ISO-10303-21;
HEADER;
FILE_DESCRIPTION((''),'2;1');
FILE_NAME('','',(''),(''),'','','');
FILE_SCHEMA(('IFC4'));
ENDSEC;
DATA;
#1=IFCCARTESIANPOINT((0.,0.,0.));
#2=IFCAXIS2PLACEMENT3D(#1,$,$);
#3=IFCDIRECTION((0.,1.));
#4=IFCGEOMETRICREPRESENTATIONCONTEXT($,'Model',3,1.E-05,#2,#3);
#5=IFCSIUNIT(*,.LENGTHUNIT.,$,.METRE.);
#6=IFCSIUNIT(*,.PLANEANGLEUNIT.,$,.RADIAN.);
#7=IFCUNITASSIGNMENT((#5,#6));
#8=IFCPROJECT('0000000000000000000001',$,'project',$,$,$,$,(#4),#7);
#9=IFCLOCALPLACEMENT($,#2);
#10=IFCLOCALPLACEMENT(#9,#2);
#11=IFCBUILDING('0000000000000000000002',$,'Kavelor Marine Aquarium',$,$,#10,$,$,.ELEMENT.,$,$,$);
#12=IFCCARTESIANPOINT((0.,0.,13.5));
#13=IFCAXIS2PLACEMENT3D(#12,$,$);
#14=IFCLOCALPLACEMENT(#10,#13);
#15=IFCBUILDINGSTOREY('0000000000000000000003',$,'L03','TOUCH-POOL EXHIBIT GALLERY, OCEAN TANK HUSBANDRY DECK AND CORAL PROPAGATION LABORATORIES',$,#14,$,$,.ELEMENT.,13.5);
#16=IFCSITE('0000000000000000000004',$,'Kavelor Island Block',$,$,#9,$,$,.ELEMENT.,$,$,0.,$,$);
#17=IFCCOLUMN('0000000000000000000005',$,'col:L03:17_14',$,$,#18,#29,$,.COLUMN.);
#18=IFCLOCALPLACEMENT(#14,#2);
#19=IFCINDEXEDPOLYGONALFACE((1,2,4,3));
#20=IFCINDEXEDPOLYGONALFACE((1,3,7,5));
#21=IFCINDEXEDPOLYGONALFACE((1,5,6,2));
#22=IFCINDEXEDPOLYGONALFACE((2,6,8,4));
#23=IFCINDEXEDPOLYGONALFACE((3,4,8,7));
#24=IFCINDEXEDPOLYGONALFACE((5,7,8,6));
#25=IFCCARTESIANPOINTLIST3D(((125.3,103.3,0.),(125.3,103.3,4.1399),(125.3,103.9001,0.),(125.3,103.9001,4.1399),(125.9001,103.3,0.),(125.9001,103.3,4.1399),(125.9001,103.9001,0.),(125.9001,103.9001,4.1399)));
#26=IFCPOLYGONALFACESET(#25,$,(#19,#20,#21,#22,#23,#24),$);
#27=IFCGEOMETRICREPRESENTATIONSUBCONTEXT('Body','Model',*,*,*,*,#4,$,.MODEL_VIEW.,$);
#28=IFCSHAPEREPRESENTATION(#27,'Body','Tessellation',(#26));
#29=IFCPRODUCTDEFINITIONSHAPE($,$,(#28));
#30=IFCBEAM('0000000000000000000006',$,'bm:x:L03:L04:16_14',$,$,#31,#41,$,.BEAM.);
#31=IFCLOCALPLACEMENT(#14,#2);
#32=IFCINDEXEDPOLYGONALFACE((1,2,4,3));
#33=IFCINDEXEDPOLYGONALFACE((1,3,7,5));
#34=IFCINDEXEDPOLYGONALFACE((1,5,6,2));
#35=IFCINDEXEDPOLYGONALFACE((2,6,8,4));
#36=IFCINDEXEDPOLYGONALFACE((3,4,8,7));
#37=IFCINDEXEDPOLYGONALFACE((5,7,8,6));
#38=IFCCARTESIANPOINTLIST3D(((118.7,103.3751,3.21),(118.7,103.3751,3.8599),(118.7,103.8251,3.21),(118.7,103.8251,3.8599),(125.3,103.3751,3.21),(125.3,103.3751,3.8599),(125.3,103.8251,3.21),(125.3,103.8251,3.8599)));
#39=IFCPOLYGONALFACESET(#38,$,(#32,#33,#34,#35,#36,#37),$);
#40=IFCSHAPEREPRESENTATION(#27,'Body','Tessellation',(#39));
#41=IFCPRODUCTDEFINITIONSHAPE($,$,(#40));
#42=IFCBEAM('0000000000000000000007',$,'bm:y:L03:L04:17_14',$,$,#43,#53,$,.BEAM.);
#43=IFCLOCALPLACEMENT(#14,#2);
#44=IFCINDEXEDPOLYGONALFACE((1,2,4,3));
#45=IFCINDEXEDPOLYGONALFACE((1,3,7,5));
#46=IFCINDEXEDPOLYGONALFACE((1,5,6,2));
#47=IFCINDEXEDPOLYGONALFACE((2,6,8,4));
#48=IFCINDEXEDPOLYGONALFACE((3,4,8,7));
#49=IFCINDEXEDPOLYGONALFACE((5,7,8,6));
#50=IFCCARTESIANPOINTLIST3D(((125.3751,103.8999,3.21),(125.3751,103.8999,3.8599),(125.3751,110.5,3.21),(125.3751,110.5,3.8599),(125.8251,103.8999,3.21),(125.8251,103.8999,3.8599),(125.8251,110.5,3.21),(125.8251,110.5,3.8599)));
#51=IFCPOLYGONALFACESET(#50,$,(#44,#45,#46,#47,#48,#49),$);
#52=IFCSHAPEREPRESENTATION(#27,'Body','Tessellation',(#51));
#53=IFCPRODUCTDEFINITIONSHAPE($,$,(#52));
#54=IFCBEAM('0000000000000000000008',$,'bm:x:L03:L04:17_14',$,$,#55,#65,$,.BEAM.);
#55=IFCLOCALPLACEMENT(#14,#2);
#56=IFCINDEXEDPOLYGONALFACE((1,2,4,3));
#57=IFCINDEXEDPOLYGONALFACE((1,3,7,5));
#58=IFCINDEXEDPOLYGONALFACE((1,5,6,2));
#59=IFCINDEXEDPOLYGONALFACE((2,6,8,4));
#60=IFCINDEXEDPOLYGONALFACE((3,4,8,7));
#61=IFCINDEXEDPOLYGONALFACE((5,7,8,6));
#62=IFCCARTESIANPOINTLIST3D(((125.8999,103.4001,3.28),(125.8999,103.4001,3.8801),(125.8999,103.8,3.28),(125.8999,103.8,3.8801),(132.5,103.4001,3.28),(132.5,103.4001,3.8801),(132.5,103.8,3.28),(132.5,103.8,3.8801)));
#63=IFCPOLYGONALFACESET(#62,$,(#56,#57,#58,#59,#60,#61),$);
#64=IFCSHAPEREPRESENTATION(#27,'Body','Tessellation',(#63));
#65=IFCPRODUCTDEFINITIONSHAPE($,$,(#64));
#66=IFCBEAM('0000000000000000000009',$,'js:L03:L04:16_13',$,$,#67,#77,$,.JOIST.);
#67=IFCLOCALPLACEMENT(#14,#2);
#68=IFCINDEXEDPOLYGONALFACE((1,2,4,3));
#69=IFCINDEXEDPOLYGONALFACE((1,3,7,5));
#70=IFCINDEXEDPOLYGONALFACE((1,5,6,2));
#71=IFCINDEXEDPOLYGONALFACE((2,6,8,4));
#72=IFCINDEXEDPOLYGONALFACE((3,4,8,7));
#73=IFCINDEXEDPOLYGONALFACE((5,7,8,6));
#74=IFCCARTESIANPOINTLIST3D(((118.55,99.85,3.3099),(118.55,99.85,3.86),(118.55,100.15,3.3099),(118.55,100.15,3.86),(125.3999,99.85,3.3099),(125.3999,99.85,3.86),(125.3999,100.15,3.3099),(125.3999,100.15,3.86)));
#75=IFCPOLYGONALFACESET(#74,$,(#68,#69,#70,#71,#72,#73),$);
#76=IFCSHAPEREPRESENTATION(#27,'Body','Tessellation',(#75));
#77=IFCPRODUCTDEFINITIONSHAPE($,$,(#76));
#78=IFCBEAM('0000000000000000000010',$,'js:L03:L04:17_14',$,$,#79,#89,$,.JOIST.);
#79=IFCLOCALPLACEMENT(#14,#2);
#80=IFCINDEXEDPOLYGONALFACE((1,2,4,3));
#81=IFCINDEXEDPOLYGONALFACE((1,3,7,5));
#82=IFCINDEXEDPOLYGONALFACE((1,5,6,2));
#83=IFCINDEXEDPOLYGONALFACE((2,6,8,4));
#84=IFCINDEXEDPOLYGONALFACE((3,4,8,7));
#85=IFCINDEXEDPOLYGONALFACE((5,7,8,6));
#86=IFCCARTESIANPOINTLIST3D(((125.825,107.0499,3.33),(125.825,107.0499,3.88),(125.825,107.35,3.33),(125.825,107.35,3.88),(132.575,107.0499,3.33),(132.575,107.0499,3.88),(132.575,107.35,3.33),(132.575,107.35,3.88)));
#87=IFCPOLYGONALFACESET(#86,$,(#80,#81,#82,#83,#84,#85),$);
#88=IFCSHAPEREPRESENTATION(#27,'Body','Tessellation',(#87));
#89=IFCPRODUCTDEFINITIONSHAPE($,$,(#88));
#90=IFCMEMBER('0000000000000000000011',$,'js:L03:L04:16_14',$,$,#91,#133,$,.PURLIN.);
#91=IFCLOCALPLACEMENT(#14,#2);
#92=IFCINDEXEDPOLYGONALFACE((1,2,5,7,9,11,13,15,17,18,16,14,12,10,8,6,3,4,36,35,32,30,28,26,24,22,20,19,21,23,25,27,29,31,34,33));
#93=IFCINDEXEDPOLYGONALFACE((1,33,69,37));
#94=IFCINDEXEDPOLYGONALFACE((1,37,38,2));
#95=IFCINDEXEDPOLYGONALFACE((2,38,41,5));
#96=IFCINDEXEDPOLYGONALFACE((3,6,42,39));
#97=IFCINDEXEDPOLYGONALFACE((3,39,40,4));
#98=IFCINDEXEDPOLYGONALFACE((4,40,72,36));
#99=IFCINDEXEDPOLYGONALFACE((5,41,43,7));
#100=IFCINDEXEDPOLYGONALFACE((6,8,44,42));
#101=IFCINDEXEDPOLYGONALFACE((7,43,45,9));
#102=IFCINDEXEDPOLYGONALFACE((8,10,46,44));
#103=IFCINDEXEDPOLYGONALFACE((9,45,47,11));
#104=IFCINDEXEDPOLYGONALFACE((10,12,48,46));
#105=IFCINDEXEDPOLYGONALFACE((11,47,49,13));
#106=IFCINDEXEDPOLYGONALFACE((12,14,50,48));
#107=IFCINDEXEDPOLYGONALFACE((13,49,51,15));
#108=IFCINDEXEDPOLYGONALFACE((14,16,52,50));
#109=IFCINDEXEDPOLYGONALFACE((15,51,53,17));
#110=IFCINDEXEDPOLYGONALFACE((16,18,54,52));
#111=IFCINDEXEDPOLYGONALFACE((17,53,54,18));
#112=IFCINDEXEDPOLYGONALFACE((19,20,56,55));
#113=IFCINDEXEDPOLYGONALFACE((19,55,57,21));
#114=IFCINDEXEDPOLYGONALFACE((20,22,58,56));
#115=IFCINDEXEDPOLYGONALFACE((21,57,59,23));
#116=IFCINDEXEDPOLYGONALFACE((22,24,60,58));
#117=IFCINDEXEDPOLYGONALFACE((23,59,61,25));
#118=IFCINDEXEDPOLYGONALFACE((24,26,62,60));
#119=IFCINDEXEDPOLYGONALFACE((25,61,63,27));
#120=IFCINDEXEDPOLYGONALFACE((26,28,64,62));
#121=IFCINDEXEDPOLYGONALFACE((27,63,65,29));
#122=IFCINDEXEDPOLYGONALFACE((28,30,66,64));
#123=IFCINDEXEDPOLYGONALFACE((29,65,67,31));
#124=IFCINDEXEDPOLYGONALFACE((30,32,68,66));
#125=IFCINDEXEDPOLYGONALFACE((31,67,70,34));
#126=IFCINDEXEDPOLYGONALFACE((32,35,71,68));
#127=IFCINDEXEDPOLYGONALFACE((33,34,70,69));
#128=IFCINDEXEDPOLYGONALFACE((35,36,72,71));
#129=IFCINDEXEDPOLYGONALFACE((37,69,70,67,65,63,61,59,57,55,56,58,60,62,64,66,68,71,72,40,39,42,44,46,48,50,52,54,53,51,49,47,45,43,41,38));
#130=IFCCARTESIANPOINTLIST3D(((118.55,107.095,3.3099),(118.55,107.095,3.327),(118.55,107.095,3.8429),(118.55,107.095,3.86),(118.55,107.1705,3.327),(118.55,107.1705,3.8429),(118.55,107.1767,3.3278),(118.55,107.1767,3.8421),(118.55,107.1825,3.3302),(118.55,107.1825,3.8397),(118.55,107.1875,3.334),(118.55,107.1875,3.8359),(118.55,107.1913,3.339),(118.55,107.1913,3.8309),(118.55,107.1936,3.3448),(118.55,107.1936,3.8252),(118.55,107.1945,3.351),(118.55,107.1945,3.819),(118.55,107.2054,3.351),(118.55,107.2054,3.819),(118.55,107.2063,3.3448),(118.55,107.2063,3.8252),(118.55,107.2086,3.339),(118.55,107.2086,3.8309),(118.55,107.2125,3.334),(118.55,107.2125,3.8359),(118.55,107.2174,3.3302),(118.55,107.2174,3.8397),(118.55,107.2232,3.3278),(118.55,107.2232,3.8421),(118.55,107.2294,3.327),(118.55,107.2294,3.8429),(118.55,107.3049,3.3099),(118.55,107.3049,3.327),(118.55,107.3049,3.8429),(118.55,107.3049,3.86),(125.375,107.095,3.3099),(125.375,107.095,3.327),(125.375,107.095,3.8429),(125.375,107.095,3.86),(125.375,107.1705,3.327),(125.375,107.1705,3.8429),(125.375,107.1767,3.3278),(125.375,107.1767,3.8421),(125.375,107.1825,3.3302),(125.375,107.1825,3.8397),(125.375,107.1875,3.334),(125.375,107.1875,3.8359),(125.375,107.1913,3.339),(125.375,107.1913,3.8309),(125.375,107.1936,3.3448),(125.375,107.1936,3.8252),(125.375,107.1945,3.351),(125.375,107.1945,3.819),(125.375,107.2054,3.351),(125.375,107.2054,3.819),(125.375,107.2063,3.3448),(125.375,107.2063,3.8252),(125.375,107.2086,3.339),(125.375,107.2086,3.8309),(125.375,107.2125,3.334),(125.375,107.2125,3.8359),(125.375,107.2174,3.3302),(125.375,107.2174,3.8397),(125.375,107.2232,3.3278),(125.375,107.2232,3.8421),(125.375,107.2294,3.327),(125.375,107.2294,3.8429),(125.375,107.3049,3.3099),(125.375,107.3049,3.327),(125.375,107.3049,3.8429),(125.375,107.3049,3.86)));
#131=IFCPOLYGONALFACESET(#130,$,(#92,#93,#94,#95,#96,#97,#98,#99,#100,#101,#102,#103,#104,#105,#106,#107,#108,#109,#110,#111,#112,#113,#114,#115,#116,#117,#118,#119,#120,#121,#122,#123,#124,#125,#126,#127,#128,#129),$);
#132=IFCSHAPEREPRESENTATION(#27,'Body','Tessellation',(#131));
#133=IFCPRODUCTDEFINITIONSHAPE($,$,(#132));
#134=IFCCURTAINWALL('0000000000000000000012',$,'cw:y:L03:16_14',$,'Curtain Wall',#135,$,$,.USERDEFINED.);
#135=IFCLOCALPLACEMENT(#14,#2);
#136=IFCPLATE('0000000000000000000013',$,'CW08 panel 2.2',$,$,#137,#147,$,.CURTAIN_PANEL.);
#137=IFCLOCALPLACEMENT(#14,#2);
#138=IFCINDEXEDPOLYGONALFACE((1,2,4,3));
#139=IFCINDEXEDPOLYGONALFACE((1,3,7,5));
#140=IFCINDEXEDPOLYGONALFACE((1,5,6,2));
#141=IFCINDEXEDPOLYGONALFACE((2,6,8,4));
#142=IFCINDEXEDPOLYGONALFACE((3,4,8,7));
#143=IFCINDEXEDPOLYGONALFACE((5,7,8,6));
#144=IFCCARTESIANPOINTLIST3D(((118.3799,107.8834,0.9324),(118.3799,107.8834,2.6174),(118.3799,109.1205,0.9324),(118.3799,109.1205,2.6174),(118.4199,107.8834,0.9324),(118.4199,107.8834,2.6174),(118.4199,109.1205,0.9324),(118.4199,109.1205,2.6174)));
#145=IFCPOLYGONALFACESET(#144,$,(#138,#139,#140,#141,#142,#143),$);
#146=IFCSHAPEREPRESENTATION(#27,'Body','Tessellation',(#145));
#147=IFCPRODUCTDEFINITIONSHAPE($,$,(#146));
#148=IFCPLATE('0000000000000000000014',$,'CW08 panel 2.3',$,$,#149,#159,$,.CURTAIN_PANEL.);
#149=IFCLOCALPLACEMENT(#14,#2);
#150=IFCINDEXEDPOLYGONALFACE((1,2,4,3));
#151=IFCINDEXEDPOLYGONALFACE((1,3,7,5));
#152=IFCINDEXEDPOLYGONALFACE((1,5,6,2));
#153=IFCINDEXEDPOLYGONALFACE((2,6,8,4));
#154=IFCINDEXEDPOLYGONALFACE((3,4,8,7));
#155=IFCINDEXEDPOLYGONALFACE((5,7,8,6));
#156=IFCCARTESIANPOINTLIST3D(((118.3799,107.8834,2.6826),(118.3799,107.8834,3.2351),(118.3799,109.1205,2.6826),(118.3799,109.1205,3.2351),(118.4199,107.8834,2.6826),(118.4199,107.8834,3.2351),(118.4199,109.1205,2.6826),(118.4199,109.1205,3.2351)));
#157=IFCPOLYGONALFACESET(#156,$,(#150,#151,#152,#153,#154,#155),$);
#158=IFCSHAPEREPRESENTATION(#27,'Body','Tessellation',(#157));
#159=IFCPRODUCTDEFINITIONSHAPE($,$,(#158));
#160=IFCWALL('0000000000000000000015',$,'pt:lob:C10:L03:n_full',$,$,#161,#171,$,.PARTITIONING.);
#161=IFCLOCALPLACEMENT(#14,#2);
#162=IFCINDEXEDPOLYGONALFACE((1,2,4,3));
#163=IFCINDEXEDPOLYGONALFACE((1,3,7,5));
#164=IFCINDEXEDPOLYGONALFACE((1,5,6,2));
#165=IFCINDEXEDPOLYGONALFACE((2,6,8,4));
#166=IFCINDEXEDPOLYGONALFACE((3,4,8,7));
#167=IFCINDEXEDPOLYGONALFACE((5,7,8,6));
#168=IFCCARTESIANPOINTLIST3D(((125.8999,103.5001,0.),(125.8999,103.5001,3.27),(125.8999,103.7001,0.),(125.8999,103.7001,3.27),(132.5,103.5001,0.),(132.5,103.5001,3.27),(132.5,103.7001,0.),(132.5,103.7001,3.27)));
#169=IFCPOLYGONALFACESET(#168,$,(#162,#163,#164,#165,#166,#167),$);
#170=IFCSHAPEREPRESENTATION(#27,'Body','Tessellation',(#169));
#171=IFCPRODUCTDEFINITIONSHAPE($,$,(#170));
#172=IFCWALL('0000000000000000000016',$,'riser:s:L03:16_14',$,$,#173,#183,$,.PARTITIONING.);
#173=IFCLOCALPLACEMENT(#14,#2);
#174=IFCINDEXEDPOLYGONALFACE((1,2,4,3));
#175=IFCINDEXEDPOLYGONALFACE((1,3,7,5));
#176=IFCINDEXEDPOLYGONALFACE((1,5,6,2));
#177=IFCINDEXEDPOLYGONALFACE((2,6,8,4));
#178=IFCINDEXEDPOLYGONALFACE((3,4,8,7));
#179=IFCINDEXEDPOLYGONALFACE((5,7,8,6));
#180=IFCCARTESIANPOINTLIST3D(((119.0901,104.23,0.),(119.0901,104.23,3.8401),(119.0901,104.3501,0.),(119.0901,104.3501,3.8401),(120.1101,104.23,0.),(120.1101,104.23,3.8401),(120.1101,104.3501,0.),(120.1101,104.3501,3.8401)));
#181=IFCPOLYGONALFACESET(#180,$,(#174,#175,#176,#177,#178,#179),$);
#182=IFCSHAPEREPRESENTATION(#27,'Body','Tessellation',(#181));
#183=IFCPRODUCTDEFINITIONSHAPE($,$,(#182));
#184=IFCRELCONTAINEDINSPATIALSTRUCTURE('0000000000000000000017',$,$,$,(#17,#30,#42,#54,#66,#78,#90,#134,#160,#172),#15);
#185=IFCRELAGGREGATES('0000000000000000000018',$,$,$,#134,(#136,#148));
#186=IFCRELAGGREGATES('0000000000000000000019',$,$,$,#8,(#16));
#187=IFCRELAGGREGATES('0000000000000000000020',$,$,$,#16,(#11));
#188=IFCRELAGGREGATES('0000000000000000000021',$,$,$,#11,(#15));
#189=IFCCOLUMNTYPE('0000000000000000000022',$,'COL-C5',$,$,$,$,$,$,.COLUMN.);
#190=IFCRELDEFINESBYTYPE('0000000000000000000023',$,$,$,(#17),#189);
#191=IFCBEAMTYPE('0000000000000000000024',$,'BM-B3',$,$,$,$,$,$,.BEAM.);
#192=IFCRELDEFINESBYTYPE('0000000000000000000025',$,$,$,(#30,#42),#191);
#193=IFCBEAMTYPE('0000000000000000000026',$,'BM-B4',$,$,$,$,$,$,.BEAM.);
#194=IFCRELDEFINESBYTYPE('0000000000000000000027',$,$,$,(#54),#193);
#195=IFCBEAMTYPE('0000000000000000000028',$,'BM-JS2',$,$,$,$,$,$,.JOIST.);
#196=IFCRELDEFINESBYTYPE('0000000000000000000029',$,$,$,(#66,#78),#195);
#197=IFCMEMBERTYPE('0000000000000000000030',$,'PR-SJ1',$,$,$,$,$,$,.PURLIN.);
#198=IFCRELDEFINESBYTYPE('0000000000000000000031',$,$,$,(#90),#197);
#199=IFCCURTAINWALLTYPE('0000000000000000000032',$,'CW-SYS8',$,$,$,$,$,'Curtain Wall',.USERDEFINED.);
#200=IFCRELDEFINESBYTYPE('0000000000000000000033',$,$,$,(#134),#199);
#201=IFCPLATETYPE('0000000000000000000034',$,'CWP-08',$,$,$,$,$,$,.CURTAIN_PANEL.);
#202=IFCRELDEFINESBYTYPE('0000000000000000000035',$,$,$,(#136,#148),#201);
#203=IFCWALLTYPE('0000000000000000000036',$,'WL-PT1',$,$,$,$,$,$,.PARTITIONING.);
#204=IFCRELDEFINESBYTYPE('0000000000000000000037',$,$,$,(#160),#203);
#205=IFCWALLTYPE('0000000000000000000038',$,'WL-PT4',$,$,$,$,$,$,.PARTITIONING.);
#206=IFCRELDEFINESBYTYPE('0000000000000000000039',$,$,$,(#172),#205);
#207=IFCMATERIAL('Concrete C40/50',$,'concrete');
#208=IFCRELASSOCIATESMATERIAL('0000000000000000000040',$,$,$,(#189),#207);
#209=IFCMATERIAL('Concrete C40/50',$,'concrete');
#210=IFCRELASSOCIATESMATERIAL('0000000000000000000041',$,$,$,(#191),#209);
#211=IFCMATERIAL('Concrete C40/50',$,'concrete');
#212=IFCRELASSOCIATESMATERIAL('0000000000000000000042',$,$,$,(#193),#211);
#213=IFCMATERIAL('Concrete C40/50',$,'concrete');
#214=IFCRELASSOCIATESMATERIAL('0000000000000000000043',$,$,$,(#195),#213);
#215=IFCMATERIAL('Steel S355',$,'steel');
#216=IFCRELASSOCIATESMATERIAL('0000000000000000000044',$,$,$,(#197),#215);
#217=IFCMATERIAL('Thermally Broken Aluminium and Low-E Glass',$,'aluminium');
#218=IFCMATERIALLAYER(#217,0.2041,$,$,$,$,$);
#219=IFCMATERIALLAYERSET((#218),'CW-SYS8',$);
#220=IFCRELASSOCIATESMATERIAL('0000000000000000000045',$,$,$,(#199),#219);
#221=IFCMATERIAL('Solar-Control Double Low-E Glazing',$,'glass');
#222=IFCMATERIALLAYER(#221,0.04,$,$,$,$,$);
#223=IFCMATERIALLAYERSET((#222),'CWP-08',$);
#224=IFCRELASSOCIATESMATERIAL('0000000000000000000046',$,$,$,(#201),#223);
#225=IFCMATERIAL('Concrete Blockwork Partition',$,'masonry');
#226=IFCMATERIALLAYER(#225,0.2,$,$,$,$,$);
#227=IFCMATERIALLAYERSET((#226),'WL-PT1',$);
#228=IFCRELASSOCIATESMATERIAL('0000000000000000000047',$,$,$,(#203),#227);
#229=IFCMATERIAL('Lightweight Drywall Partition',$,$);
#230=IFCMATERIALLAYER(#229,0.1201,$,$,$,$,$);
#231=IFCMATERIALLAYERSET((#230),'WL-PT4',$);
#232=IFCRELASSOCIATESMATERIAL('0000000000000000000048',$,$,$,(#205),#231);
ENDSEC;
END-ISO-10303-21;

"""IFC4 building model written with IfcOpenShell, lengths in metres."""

from ifc_helpers import new_model, si_unit, direction, frame, frame_2d, origin, origin_2d, place, context, subcontext, project, spatial, rectangle, i_section, extrude, material, layer, layer_set, material_profile, profile_set, type_object, element, aggregate, save


model = new_model("IFC4")

# Units and contexts
model_context = context("Model", 3, precision=1e-05, world=origin(), true_north=direction((0.0, 1.0)))
body_context = subcontext(model_context, "Body", "Model", "MODEL_VIEW")
ifc_project = project(units=[si_unit("LENGTHUNIT", "METRE"), si_unit("PLANEANGLEUNIT", "RADIAN")], contexts=[model_context])

# Site, building, storey
site_placement = place(None, origin())
site = spatial("IfcSite", under=ifc_project, at=site_placement, Name="Kavelor Island Block", CompositionType="ELEMENT", RefElevation=0.0)
building_placement = place(site_placement, origin())
building = spatial("IfcBuilding", under=site, at=building_placement, Name="Kavelor Marine Aquarium", CompositionType="ELEMENT")
storey_placement = place(building_placement, frame((0.0, 0.0, 13.5)))
storey = spatial("IfcBuildingStorey", under=building, at=storey_placement, Name="L03", Description="TOUCH-POOL EXHIBIT GALLERY, OCEAN TANK HUSBANDRY DECK AND CORAL PROPAGATION LABORATORIES", CompositionType="ELEMENT", Elevation=13.5)

# Column
ifc_material_1 = material(Name="Concrete C40/50", Category="concrete")
ifc_material_profile_1 = material_profile(ifc_material_1, rectangle(XDim=0.6001, YDim=0.6001, at=origin_2d()), Name="RC-COL 600x600")
ifc_profile_set_1 = profile_set([ifc_material_profile_1], Name="Concrete C40/50")
column_type = type_object("IfcColumnType", Name="COL-C5", PredefinedType="COLUMN", material=ifc_profile_set_1)
column_placement = place(storey_placement, frame((125.6001, 103.6001, 0.0), z_axis=(0.0, 0.0, 1.0), x_axis=(1.0, 0.0, 0.0)))
element("IfcColumn", 1, at=column_placement, inside=storey, type_object=column_type, Name="col:L03:17_14", PredefinedType="COLUMN", context=body_context, shape_type="SweptSolid", body=[
    extrude(rectangle(XDim=0.6001, YDim=0.6001, at=origin_2d()), origin(), (0.0, 0.0, 1.0), 4.1399),
])

# Beams
ifc_material_2 = material(Name="Concrete C40/50", Category="concrete")
ifc_material_profile_2 = material_profile(ifc_material_2, rectangle(XDim=0.45, YDim=0.6499, at=origin_2d()), Name="RC-BM 450x650")
ifc_profile_set_2 = profile_set([ifc_material_profile_2], Name="Concrete C40/50")
beam_type_1 = type_object("IfcBeamType", Name="BM-B3", PredefinedType="BEAM", material=ifc_profile_set_2)
for number, where, z_axis, x_axis, name in (
    (2, (118.7, 103.6001, 3.5349), (1.0, 0.0, 0.0), (0.0, 1.0, 0.0), "bm:x:L03:L04:16_14"),
    (3, (125.6001, 103.8999, 3.5349), (0.0, 1.0, 0.0), (-1.0, 0.0, 0.0), "bm:y:L03:L04:17_14"),
):
    element("IfcBeam", number, at=place(storey_placement, frame(where, z_axis=z_axis, x_axis=x_axis)), inside=storey, type_object=beam_type_1, Name=name, PredefinedType="BEAM", context=body_context, shape_type="SweptSolid", body=[
        extrude(rectangle(XDim=0.45, YDim=0.6499, at=origin_2d()), origin(), (0.0, 0.0, 1.0), 6.6001),
    ])
ifc_material_3 = material(Name="Concrete C40/50", Category="concrete")
ifc_material_profile_3 = material_profile(ifc_material_3, rectangle(XDim=0.3999, YDim=0.6001, at=origin_2d()), Name="RC-BM 400x600")
ifc_profile_set_3 = profile_set([ifc_material_profile_3], Name="Concrete C40/50")
beam_type_2 = type_object("IfcBeamType", Name="BM-B4", PredefinedType="BEAM", material=ifc_profile_set_3)
beam_1_placement = place(storey_placement, frame((125.8999, 103.6001, 3.5801), z_axis=(1.0, 0.0, 0.0), x_axis=(0.0, 1.0, 0.0)))
element("IfcBeam", 4, at=beam_1_placement, inside=storey, type_object=beam_type_2, Name="bm:x:L03:L04:17_14", PredefinedType="BEAM", context=body_context, shape_type="SweptSolid", body=[
    extrude(rectangle(XDim=0.3999, YDim=0.6001, at=origin_2d()), origin(), (0.0, 0.0, 1.0), 6.6001),
])
ifc_material_4 = material(Name="Concrete C40/50", Category="concrete")
ifc_material_profile_4 = material_profile(ifc_material_4, rectangle(XDim=0.3, YDim=0.55, at=origin_2d()), Name="RC-JS 300x550")
ifc_profile_set_4 = profile_set([ifc_material_profile_4], Name="Concrete C40/50")
beam_type_3 = type_object("IfcBeamType", Name="BM-JS2", PredefinedType="JOIST", material=ifc_profile_set_4)
beam_2_placement = place(storey_placement, frame((118.55, 100.0, 3.585), z_axis=(1.0, 0.0, 0.0), x_axis=(0.0, 1.0, 0.0)))
element("IfcBeam", 5, at=beam_2_placement, inside=storey, type_object=beam_type_3, Name="js:L03:L04:16_13", PredefinedType="JOIST", context=body_context, shape_type="SweptSolid", body=[
    extrude(rectangle(XDim=0.3, YDim=0.55, at=origin_2d()), origin(), (0.0, 0.0, 1.0), 6.8499),
])
beam_3_placement = place(storey_placement, frame((125.825, 107.2, 3.605), z_axis=(1.0, 0.0, 0.0), x_axis=(0.0, 1.0, 0.0)))
element("IfcBeam", 6, at=beam_3_placement, inside=storey, type_object=beam_type_3, Name="js:L03:L04:17_14", PredefinedType="JOIST", context=body_context, shape_type="SweptSolid", body=[
    extrude(rectangle(XDim=0.3, YDim=0.55, at=origin_2d()), origin(), (0.0, 0.0, 1.0), 6.75),
])

# Member
ifc_material_5 = material(Name="Steel S355", Category="steel")
ifc_material_profile_5 = material_profile(ifc_material_5, i_section(OverallWidth=0.21, OverallDepth=0.55, WebThickness=0.011, FlangeThickness=0.0171, FilletRadius=0.0239, at=origin_2d()), Name="IPE 550")
ifc_profile_set_5 = profile_set([ifc_material_profile_5], Name="Steel S355")
member_type = type_object("IfcMemberType", Name="PR-SJ1", PredefinedType="PURLIN", material=ifc_profile_set_5)
member_placement = place(storey_placement, frame((118.55, 107.2, 3.585), z_axis=(1.0, 0.0, 0.0), x_axis=(0.0, 1.0, 0.0)))
element("IfcMember", 7, at=member_placement, inside=storey, type_object=member_type, Name="js:L03:L04:16_14", PredefinedType="PURLIN", context=body_context, shape_type="SweptSolid", body=[
    extrude(i_section(OverallWidth=0.21, OverallDepth=0.55, WebThickness=0.011, FlangeThickness=0.0171, FilletRadius=0.0239, at=origin_2d()), origin(), (0.0, 0.0, 1.0), 6.825),
])

# Curtain wall, plates
ifc_material_6 = material(Name="Thermally Broken Aluminium and Low-E Glass", Category="aluminium")
ifc_layer_1 = layer(ifc_material_6, 0.2041)
ifc_layer_set_1 = layer_set([ifc_layer_1], Name="CW-SYS8")
curtain_wall_type = type_object("IfcCurtainWallType", Name="CW-SYS8", ElementType="Curtain Wall", PredefinedType="USERDEFINED", material=ifc_layer_set_1)
curtain_wall_placement = place(storey_placement, origin())
curtain_wall = element("IfcCurtainWall", 8, at=curtain_wall_placement, inside=storey, type_object=curtain_wall_type, Name="cw:y:L03:16_14", ObjectType="Curtain Wall", PredefinedType="USERDEFINED")
ifc_material_7 = material(Name="Solar-Control Double Low-E Glazing", Category="glass")
ifc_layer_2 = layer(ifc_material_7, 0.04)
ifc_layer_set_2 = layer_set([ifc_layer_2], Name="CWP-08")
plate_type = type_object("IfcPlateType", Name="CWP-08", PredefinedType="CURTAIN_PANEL", material=ifc_layer_set_2)
plate_1_placement = place(storey_placement, frame((118.3999, 108.502, 0.9324), z_axis=(0.0, 0.0, 1.0), x_axis=(0.0, -1.0, 0.0)))
plate_1 = element("IfcPlate", 9, at=plate_1_placement, type_object=plate_type, Name="CW08 panel 2.2", PredefinedType="CURTAIN_PANEL", context=body_context, shape_type="SweptSolid", body=[
    extrude(rectangle(XDim=1.2371, YDim=0.04, at=origin_2d()), origin(), (0.0, 0.0, 1.0), 1.6851),
])
plate_2_placement = place(storey_placement, frame((118.3999, 108.502, 2.6826), z_axis=(0.0, 0.0, 1.0), x_axis=(0.0, -1.0, 0.0)))
plate_2 = element("IfcPlate", 10, at=plate_2_placement, type_object=plate_type, Name="CW08 panel 2.3", PredefinedType="CURTAIN_PANEL", context=body_context, shape_type="SweptSolid", body=[
    extrude(rectangle(XDim=1.2371, YDim=0.04, at=origin_2d()), origin(), (0.0, 0.0, 1.0), 0.5525),
])
aggregate(curtain_wall, [plate_1, plate_2])

# Walls
ifc_material_8 = material(Name="Concrete Blockwork Partition", Category="masonry")
ifc_layer_3 = layer(ifc_material_8, 0.2)
ifc_layer_set_3 = layer_set([ifc_layer_3], Name="WL-PT1")
wall_type_1 = type_object("IfcWallType", Name="WL-PT1", PredefinedType="PARTITIONING", material=ifc_layer_set_3)
wall_1_placement = place(storey_placement, frame((125.8999, 103.6001, 0.0), z_axis=(0.0, 0.0, 1.0), x_axis=(1.0, 0.0, 0.0)))
element("IfcWall", 11, at=wall_1_placement, inside=storey, type_object=wall_type_1, Name="pt:lob:C10:L03:n_full", PredefinedType="PARTITIONING", context=body_context, shape_type="SweptSolid", body=[
    extrude(rectangle(XDim=6.6001, YDim=0.2, at=frame_2d((3.3, 0.0))), origin(), (0.0, 0.0, 1.0), 3.27),
])
ifc_material_9 = material(Name="Lightweight Drywall Partition")
ifc_layer_4 = layer(ifc_material_9, 0.1201)
ifc_layer_set_4 = layer_set([ifc_layer_4], Name="WL-PT4")
wall_type_2 = type_object("IfcWallType", Name="WL-PT4", PredefinedType="PARTITIONING", material=ifc_layer_set_4)
for number, where, z_axis, x_axis, name in (
    (12, (119.0901, 104.29, 0.0), (0.0, 0.0, 1.0), (1.0, 0.0, 0.0), "riser:s:L03:16_14"),
):
    element("IfcWall", number, at=place(storey_placement, frame(where, z_axis=z_axis, x_axis=x_axis)), inside=storey, type_object=wall_type_2, Name=name, PredefinedType="PARTITIONING", context=body_context, shape_type="SweptSolid", body=[
        extrude(rectangle(XDim=1.02, YDim=0.1201, at=frame_2d((0.51, 0.0))), origin(), (0.0, 0.0, 1.0), 3.8401),
    ])

save(model, "model.ifc")
